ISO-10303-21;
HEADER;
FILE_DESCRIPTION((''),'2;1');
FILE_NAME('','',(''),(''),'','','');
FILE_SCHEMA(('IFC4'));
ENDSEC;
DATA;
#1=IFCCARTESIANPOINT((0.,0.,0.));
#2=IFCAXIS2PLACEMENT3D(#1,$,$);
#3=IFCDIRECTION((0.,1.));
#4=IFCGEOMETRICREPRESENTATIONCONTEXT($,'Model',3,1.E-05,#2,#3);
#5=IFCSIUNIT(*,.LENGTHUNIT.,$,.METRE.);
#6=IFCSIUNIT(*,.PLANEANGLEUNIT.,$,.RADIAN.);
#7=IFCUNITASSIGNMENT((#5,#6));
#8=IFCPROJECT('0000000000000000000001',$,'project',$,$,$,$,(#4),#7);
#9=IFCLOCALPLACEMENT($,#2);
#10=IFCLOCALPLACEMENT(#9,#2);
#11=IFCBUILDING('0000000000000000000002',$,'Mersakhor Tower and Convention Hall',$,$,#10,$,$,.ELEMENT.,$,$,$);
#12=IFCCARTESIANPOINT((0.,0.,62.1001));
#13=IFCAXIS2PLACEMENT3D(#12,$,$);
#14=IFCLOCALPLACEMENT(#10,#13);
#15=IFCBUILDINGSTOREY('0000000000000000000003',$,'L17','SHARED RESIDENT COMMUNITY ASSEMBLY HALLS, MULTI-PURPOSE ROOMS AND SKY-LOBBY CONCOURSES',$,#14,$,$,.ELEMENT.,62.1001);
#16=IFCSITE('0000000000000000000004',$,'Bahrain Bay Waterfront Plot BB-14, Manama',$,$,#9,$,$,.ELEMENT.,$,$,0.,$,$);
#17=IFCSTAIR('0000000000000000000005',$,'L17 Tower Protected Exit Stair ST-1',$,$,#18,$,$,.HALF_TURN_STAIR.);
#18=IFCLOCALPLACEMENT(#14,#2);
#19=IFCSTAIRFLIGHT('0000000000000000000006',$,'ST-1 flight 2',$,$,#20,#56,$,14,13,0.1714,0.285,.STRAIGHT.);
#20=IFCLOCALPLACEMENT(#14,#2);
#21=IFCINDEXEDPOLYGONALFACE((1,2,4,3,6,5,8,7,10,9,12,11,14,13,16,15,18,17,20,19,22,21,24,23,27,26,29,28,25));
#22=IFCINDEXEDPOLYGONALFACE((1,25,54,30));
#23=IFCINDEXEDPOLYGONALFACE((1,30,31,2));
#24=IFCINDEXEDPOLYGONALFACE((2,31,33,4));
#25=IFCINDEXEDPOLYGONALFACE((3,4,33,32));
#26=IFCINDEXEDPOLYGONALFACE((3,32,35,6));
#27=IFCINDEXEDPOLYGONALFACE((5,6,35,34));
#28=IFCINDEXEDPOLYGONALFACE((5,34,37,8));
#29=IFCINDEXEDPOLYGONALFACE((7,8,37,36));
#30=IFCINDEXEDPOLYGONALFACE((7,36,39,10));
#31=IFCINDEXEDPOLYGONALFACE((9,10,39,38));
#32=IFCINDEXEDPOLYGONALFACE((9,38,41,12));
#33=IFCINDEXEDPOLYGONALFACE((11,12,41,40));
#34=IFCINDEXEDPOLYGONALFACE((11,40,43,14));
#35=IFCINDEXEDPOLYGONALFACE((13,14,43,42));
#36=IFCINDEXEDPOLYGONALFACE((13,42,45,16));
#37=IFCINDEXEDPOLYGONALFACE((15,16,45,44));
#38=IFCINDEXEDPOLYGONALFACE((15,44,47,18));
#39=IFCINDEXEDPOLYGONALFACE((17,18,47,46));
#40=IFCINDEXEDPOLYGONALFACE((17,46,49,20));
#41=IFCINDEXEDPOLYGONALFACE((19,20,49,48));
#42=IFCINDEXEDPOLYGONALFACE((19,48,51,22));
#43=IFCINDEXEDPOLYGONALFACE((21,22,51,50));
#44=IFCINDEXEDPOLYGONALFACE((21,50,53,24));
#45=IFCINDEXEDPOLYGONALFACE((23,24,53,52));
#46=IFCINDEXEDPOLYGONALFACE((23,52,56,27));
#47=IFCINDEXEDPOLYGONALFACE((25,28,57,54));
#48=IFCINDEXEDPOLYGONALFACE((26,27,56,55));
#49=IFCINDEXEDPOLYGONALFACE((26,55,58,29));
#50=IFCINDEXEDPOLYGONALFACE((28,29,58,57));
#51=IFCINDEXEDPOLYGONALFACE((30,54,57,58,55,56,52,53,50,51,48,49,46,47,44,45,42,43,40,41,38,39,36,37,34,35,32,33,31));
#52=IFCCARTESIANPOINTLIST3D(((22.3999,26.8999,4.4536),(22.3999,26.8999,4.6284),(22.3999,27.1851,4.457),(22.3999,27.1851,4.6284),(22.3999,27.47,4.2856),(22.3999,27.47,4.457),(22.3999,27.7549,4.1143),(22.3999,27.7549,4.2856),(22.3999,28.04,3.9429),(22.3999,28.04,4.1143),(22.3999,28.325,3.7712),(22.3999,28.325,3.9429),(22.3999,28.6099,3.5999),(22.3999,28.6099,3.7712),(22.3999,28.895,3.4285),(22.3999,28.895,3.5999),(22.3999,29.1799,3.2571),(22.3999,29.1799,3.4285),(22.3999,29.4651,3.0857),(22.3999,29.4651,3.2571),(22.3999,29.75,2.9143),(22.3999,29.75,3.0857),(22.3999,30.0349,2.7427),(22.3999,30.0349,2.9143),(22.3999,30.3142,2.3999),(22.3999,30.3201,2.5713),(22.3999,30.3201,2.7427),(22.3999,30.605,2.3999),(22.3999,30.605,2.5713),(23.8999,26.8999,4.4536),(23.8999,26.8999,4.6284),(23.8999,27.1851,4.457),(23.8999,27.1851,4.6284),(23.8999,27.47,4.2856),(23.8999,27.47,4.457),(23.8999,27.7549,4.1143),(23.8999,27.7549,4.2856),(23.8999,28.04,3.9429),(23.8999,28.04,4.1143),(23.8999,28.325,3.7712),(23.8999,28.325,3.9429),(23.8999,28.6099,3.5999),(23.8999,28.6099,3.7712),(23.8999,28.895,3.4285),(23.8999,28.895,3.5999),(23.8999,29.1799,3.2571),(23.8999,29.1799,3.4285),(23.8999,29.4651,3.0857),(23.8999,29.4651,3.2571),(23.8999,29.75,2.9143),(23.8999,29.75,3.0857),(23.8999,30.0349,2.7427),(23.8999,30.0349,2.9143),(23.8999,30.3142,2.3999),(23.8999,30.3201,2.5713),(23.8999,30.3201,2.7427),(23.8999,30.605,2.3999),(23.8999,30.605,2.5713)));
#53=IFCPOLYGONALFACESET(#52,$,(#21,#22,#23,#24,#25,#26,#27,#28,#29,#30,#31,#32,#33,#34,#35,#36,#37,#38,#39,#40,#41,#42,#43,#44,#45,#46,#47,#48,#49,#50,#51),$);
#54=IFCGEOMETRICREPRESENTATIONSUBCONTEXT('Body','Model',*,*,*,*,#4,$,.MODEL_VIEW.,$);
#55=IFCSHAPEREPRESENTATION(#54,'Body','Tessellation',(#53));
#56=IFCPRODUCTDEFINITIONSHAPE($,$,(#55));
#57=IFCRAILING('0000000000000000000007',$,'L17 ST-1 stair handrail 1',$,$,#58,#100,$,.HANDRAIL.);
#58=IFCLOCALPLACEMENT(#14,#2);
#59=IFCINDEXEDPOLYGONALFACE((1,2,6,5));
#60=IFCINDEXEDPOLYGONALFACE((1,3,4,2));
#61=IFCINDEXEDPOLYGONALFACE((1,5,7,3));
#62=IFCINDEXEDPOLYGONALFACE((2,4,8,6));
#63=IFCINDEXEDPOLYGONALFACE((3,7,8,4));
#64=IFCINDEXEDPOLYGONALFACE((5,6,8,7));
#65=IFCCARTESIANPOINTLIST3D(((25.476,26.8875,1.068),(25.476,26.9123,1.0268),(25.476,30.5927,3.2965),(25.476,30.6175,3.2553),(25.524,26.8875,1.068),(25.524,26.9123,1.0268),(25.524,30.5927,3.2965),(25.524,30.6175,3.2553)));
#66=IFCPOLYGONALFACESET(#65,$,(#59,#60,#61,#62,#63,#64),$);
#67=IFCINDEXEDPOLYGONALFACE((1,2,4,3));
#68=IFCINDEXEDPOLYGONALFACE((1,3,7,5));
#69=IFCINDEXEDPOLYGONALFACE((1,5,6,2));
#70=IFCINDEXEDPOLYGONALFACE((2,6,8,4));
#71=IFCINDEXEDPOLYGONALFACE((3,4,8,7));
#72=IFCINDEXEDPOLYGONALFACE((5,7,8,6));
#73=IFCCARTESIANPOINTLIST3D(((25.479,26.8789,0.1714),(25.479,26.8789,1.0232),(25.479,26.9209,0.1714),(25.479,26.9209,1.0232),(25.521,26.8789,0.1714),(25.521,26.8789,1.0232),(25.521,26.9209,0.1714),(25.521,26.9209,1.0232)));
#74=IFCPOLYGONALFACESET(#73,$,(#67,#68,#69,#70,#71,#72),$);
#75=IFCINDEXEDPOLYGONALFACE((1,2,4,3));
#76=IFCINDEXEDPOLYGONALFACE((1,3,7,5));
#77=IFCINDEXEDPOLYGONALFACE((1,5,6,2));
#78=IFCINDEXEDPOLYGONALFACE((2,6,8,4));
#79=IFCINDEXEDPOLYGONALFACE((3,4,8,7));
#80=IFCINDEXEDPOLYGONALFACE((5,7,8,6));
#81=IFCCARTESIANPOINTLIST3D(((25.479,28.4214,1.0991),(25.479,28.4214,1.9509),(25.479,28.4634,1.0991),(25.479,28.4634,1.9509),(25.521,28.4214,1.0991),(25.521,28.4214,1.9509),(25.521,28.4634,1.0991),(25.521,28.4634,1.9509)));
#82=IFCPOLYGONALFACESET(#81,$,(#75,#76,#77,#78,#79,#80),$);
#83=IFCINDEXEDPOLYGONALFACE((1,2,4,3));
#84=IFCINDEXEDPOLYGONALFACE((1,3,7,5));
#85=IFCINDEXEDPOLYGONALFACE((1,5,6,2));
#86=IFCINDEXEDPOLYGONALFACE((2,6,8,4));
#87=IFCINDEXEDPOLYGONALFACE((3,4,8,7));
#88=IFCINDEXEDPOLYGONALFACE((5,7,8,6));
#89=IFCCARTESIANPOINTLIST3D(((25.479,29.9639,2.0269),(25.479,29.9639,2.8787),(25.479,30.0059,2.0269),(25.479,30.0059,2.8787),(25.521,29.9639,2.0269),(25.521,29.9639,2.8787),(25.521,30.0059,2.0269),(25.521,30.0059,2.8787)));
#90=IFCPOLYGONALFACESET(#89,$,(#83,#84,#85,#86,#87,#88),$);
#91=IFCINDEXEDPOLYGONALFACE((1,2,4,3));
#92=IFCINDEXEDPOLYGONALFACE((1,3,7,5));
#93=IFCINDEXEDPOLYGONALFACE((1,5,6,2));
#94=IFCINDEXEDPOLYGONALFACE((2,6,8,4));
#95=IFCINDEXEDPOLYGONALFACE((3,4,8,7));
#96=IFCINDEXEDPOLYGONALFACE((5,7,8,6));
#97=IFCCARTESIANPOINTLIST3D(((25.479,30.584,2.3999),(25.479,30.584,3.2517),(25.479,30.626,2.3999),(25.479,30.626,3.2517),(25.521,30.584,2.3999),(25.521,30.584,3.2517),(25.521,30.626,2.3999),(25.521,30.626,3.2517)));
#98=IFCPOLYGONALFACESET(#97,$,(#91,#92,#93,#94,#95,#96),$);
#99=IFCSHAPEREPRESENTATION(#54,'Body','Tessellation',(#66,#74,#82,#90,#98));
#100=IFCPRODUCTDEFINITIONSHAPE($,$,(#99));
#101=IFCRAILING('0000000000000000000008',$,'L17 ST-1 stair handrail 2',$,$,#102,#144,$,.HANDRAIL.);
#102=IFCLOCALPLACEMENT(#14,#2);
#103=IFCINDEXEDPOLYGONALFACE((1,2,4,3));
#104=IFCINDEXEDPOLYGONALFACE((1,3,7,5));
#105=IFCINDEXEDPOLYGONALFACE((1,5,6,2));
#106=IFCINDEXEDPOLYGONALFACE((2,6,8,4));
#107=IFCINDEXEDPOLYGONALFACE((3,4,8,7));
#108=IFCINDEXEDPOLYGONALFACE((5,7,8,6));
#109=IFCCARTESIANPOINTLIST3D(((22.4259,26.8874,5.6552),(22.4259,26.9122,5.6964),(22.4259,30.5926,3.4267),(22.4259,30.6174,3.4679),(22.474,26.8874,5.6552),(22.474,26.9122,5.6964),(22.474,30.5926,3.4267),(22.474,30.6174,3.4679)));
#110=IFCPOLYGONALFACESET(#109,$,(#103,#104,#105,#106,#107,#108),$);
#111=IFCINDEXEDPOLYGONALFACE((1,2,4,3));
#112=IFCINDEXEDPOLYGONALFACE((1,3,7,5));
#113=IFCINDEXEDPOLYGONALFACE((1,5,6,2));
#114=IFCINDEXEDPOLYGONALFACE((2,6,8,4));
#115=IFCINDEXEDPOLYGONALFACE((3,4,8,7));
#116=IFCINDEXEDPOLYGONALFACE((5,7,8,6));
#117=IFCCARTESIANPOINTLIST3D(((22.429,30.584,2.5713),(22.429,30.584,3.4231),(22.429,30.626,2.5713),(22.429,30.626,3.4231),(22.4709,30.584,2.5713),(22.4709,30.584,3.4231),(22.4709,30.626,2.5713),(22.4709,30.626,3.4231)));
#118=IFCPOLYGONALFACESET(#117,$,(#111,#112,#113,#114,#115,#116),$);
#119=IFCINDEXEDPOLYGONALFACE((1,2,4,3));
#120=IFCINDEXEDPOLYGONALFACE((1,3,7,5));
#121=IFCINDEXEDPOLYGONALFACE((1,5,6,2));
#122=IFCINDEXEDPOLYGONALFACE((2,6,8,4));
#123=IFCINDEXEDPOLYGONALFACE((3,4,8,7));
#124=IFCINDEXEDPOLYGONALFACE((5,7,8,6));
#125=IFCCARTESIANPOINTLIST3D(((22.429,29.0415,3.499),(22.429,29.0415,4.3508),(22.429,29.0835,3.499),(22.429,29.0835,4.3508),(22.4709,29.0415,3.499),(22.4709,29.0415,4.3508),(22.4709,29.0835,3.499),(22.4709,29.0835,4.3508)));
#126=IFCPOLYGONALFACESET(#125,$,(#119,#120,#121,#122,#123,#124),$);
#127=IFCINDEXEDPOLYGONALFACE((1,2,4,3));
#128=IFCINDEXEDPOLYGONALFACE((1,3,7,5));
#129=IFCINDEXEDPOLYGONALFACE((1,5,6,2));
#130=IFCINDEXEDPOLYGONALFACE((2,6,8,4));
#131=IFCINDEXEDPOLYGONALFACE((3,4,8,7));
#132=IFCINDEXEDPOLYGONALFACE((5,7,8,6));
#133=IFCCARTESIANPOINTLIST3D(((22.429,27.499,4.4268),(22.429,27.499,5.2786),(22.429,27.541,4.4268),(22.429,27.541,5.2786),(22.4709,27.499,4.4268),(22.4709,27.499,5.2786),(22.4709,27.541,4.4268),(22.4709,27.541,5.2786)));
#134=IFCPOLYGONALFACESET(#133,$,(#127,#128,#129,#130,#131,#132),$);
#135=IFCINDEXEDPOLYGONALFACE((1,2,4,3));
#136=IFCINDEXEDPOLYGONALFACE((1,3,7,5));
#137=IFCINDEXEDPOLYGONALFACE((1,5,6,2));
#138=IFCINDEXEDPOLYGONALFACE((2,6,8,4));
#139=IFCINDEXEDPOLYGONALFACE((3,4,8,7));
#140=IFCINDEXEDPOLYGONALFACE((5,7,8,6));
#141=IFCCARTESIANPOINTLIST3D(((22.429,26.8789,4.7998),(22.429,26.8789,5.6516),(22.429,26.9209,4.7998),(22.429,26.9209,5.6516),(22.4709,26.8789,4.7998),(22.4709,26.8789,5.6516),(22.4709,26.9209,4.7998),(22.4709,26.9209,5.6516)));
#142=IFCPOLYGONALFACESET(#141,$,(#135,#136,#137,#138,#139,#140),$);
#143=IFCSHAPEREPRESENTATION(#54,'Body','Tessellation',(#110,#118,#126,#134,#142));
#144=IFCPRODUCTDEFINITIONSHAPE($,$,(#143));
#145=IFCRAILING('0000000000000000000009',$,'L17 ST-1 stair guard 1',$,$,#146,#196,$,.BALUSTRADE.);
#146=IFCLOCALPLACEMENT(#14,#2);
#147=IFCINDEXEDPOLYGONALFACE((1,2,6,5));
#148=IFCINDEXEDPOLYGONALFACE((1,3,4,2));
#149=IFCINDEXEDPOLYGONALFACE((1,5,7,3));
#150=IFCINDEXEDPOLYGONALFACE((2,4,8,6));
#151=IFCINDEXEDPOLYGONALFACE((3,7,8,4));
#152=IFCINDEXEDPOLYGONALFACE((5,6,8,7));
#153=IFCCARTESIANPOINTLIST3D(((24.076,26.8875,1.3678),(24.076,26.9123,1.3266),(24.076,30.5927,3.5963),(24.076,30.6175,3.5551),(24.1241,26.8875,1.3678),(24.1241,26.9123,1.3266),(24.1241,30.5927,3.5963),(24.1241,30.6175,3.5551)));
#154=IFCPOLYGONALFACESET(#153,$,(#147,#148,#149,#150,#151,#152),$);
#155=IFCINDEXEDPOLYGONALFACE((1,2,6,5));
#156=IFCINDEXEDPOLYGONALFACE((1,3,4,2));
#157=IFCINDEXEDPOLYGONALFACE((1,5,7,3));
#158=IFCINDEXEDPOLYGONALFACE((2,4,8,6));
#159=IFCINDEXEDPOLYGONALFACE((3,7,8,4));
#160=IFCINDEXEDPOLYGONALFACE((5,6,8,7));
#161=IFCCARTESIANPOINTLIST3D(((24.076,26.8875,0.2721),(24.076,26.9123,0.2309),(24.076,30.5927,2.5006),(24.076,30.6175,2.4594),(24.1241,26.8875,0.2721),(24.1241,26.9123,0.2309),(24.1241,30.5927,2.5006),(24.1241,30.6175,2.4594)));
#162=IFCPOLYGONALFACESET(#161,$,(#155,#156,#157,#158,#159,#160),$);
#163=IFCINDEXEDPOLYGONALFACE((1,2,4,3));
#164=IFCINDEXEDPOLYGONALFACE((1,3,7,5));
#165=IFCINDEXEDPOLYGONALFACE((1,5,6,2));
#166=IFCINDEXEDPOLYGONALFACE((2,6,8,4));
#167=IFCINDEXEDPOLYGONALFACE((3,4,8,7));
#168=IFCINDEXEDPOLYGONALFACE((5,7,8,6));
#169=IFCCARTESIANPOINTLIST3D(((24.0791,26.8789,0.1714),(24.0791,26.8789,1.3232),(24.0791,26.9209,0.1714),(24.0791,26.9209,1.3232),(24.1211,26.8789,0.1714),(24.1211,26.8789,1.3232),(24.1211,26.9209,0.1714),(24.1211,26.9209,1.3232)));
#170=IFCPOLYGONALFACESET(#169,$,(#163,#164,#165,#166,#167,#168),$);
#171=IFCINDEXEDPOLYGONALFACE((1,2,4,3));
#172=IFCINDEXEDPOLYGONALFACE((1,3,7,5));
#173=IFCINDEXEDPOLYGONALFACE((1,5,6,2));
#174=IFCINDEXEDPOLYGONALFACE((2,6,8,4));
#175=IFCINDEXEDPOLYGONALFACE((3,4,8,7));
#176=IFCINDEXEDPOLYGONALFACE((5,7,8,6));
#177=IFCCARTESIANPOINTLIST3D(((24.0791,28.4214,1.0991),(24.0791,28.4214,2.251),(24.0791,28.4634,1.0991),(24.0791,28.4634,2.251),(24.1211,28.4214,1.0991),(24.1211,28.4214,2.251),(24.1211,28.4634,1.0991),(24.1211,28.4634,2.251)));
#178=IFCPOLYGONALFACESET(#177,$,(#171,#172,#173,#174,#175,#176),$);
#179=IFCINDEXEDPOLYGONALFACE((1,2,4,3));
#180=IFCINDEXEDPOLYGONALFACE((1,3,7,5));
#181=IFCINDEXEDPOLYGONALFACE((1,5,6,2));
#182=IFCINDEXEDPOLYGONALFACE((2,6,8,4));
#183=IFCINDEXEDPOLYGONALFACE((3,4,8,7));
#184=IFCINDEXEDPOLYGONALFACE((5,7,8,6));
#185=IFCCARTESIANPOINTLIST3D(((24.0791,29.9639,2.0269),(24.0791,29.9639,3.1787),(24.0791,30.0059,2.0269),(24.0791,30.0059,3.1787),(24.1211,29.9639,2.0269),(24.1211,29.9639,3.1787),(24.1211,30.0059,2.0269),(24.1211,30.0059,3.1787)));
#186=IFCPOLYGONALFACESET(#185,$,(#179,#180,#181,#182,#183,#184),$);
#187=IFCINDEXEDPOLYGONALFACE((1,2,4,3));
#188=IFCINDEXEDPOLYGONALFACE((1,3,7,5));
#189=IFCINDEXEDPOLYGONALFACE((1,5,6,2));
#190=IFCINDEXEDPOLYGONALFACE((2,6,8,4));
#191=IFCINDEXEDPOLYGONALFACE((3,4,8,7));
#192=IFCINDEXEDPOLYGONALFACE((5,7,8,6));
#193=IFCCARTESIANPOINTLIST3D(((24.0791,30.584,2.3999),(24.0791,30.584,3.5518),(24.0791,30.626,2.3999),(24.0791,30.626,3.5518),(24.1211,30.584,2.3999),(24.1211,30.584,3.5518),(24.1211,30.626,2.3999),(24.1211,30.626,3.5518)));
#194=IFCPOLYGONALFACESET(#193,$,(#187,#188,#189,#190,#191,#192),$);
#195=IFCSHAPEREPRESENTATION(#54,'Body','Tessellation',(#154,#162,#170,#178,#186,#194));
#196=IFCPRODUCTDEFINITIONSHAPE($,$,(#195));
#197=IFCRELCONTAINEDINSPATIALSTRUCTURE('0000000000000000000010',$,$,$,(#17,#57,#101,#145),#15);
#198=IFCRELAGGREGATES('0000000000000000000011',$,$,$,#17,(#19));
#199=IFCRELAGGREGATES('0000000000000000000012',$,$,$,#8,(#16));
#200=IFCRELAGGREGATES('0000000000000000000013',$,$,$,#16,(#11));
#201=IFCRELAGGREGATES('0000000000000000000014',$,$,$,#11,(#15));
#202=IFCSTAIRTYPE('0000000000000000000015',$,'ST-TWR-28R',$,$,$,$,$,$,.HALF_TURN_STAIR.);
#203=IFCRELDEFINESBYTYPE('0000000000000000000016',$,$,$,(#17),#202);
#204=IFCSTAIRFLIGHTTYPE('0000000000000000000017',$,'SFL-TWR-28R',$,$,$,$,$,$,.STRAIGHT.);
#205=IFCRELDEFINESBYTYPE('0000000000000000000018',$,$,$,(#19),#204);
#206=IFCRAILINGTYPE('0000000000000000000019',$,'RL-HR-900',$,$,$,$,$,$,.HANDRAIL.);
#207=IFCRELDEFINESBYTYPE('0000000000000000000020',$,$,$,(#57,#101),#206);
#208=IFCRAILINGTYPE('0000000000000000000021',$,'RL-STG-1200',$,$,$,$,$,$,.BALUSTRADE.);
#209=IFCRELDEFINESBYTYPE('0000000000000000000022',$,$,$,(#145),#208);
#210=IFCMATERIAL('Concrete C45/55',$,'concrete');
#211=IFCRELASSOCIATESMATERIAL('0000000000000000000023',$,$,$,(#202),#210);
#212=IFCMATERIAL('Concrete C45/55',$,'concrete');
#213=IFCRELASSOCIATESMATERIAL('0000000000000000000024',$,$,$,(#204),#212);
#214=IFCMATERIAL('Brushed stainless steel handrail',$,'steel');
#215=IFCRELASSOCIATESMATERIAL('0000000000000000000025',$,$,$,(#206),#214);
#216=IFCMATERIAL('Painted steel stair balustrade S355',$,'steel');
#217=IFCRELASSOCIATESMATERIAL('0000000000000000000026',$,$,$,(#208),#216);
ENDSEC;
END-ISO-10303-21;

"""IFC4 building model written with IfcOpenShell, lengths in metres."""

from ifc_helpers import new_model, si_unit, direction, frame, origin, origin_2d, place, context, subcontext, project, spatial, polyline, rectangle, outline, extrude, material, type_object, element, aggregate, save


model = new_model("IFC4")

# Units and contexts
model_context = context("Model", 3, precision=1e-05, world=origin(), true_north=direction((0.0, 1.0)))
body_context = subcontext(model_context, "Body", "Model", "MODEL_VIEW")
ifc_project = project(units=[si_unit("LENGTHUNIT", "METRE"), si_unit("PLANEANGLEUNIT", "RADIAN")], contexts=[model_context])

# Site, building, storey
site_placement = place(None, origin())
site = spatial("IfcSite", under=ifc_project, at=site_placement, Name="Bahrain Bay Waterfront Plot BB-14, Manama", CompositionType="ELEMENT", RefElevation=0.0)
building_placement = place(site_placement, origin())
building = spatial("IfcBuilding", under=site, at=building_placement, Name="Mersakhor Tower and Convention Hall", CompositionType="ELEMENT")
storey_placement = place(building_placement, frame((0.0, 0.0, 62.1001)))
storey = spatial("IfcBuildingStorey", under=building, at=storey_placement, Name="L17", Description="SHARED RESIDENT COMMUNITY ASSEMBLY HALLS, MULTI-PURPOSE ROOMS AND SKY-LOBBY CONCOURSES", CompositionType="ELEMENT", Elevation=62.1001)

# Stair, stair flight
ifc_material_1 = material(Name="Concrete C45/55", Category="concrete")
stair_type = type_object("IfcStairType", Name="ST-TWR-28R", PredefinedType="HALF_TURN_STAIR", material=ifc_material_1)
stair_placement = place(storey_placement, origin())
stair = element("IfcStair", 1, at=stair_placement, inside=storey, type_object=stair_type, Name="L17 Tower Protected Exit Stair ST-1", PredefinedType="HALF_TURN_STAIR")
ifc_material_2 = material(Name="Concrete C45/55", Category="concrete")
stair_flight_type = type_object("IfcStairFlightType", Name="SFL-TWR-28R", PredefinedType="STRAIGHT", material=ifc_material_2)
stair_flight_1_placement = place(storey_placement, frame((23.1499, 30.605, 2.3999), z_axis=(0.0, 0.0, 1.0), x_axis=(0.0, -1.0, 0.0)))
stair_flight_1 = element("IfcStairFlight", 2, at=stair_flight_1_placement, type_object=stair_flight_type, Name="ST-1 flight 2", NumberOfRisers=14, NumberOfTreads=13, PredefinedType="STRAIGHT", RiserHeight=0.1714, TreadLength=0.285, context=body_context, shape_type="SweptSolid", body=[
    extrude(outline(polyline([(0.0, 0.0), (0.0, 0.1714), (0.2849, 0.1714), (0.2849, 0.3428), (0.5701, 0.3428), (0.5701, 0.5144), (0.855, 0.5144), (0.855, 0.6858), (1.1399, 0.6858), (1.1399, 0.8572), (1.425, 0.8572), (1.425, 1.0286), (1.71, 1.0286), (1.71, 1.2), (1.9951, 1.2), (1.9951, 1.3713), (2.28, 1.3713), (2.28, 1.543), (2.5649, 1.543), (2.5649, 1.7144), (2.8501, 1.7144), (2.8501, 1.8857), (3.135, 1.8857), (3.135, 2.0571), (3.4199, 2.0571), (3.4199, 2.2285), (3.7051, 2.2285), (3.7051, 2.3999), (3.7051, 2.0537), (0.2908, 0.0), (0.0, 0.0)])), frame((0.0, 0.75, 0.0), z_axis=(0.0, -1.0, 0.0), x_axis=(1.0, 0.0, 0.0)), (0.0, 0.0, 1.0), 1.5),
])
aggregate(stair, [stair_flight_1])

# Railings
ifc_material_3 = material(Name="Brushed stainless steel handrail", Category="steel")
railing_type_1 = type_object("IfcRailingType", Name="RL-HR-900", PredefinedType="HANDRAIL", material=ifc_material_3)
railing_1_placement = place(storey_placement, frame((25.5, 26.8999, 0.1714)))
element("IfcRailing", 3, at=railing_1_placement, inside=storey, type_object=railing_type_1, Name="L17 ST-1 stair handrail 1", PredefinedType="HANDRAIL", context=body_context, shape_type="SweptSolid", body=[
    extrude(rectangle(XDim=0.0481, YDim=0.0481, at=origin_2d()), frame((0.0, 0.0, 0.876), z_axis=(0.0, 0.856934, 0.515425), x_axis=(-1.0, 0.0, 0.0)), (0.0, 0.0, 1.0), 4.3237),
    extrude(rectangle(XDim=0.042, YDim=0.042, at=origin_2d()), origin(), (0.0, 0.0, 1.0), 0.8518),
    extrude(rectangle(XDim=0.042, YDim=0.042, at=origin_2d()), frame((0.0, 1.5425, 0.9277)), (0.0, 0.0, 1.0), 0.8518),
    extrude(rectangle(XDim=0.042, YDim=0.042, at=origin_2d()), frame((0.0, 3.085, 1.8555)), (0.0, 0.0, 1.0), 0.8518),
    extrude(rectangle(XDim=0.042, YDim=0.042, at=origin_2d()), frame((0.0, 3.7051, 2.2285)), (0.0, 0.0, 1.0), 0.8518),
])
railing_2_placement = place(storey_placement, frame((22.45, 30.605, 2.5713)))
element("IfcRailing", 4, at=railing_2_placement, inside=storey, type_object=railing_type_1, Name="L17 ST-1 stair handrail 2", PredefinedType="HANDRAIL", context=body_context, shape_type="SweptSolid", body=[
    extrude(rectangle(XDim=0.0481, YDim=0.0481, at=origin_2d()), frame((0.0, 0.0, 0.876), z_axis=(0.0, -0.856934, 0.515425), x_axis=(1.0, 0.0, 0.0)), (0.0, 0.0, 1.0), 4.3237),
    extrude(rectangle(XDim=0.042, YDim=0.042, at=origin_2d()), origin(), (0.0, 0.0, 1.0), 0.8518),
    extrude(rectangle(XDim=0.042, YDim=0.042, at=origin_2d()), frame((0.0, -1.5425, 0.9277)), (0.0, 0.0, 1.0), 0.8518),
    extrude(rectangle(XDim=0.042, YDim=0.042, at=origin_2d()), frame((0.0, -3.085, 1.8555)), (0.0, 0.0, 1.0), 0.8518),
    extrude(rectangle(XDim=0.042, YDim=0.042, at=origin_2d()), frame((0.0, -3.7051, 2.2285)), (0.0, 0.0, 1.0), 0.8518),
])
ifc_material_4 = material(Name="Painted steel stair balustrade S355", Category="steel")
railing_type_2 = type_object("IfcRailingType", Name="RL-STG-1200", PredefinedType="BALUSTRADE", material=ifc_material_4)
railing_3_placement = place(storey_placement, frame((24.1001, 26.8999, 0.1714)))
element("IfcRailing", 5, at=railing_3_placement, inside=storey, type_object=railing_type_2, Name="L17 ST-1 stair guard 1", PredefinedType="BALUSTRADE", context=body_context, shape_type="SweptSolid", body=[
    extrude(rectangle(XDim=0.0481, YDim=0.0481, at=origin_2d()), frame((0.0, 0.0, 1.1758), z_axis=(0.0, 0.856934, 0.515425), x_axis=(-1.0, 0.0, 0.0)), (0.0, 0.0, 1.0), 4.3237),
    extrude(rectangle(XDim=0.0481, YDim=0.0481, at=origin_2d()), frame((0.0, 0.0, 0.0801), z_axis=(0.0, 0.856934, 0.515425), x_axis=(-1.0, 0.0, 0.0)), (0.0, 0.0, 1.0), 4.3237),
    extrude(rectangle(XDim=0.042, YDim=0.042, at=origin_2d()), origin(), (0.0, 0.0, 1.0), 1.1519),
    extrude(rectangle(XDim=0.042, YDim=0.042, at=origin_2d()), frame((0.0, 1.5425, 0.9277)), (0.0, 0.0, 1.0), 1.1519),
    extrude(rectangle(XDim=0.042, YDim=0.042, at=origin_2d()), frame((0.0, 3.085, 1.8555)), (0.0, 0.0, 1.0), 1.1519),
    extrude(rectangle(XDim=0.042, YDim=0.042, at=origin_2d()), frame((0.0, 3.7051, 2.2285)), (0.0, 0.0, 1.0), 1.1519),
])

save(model, "model.ifc")
